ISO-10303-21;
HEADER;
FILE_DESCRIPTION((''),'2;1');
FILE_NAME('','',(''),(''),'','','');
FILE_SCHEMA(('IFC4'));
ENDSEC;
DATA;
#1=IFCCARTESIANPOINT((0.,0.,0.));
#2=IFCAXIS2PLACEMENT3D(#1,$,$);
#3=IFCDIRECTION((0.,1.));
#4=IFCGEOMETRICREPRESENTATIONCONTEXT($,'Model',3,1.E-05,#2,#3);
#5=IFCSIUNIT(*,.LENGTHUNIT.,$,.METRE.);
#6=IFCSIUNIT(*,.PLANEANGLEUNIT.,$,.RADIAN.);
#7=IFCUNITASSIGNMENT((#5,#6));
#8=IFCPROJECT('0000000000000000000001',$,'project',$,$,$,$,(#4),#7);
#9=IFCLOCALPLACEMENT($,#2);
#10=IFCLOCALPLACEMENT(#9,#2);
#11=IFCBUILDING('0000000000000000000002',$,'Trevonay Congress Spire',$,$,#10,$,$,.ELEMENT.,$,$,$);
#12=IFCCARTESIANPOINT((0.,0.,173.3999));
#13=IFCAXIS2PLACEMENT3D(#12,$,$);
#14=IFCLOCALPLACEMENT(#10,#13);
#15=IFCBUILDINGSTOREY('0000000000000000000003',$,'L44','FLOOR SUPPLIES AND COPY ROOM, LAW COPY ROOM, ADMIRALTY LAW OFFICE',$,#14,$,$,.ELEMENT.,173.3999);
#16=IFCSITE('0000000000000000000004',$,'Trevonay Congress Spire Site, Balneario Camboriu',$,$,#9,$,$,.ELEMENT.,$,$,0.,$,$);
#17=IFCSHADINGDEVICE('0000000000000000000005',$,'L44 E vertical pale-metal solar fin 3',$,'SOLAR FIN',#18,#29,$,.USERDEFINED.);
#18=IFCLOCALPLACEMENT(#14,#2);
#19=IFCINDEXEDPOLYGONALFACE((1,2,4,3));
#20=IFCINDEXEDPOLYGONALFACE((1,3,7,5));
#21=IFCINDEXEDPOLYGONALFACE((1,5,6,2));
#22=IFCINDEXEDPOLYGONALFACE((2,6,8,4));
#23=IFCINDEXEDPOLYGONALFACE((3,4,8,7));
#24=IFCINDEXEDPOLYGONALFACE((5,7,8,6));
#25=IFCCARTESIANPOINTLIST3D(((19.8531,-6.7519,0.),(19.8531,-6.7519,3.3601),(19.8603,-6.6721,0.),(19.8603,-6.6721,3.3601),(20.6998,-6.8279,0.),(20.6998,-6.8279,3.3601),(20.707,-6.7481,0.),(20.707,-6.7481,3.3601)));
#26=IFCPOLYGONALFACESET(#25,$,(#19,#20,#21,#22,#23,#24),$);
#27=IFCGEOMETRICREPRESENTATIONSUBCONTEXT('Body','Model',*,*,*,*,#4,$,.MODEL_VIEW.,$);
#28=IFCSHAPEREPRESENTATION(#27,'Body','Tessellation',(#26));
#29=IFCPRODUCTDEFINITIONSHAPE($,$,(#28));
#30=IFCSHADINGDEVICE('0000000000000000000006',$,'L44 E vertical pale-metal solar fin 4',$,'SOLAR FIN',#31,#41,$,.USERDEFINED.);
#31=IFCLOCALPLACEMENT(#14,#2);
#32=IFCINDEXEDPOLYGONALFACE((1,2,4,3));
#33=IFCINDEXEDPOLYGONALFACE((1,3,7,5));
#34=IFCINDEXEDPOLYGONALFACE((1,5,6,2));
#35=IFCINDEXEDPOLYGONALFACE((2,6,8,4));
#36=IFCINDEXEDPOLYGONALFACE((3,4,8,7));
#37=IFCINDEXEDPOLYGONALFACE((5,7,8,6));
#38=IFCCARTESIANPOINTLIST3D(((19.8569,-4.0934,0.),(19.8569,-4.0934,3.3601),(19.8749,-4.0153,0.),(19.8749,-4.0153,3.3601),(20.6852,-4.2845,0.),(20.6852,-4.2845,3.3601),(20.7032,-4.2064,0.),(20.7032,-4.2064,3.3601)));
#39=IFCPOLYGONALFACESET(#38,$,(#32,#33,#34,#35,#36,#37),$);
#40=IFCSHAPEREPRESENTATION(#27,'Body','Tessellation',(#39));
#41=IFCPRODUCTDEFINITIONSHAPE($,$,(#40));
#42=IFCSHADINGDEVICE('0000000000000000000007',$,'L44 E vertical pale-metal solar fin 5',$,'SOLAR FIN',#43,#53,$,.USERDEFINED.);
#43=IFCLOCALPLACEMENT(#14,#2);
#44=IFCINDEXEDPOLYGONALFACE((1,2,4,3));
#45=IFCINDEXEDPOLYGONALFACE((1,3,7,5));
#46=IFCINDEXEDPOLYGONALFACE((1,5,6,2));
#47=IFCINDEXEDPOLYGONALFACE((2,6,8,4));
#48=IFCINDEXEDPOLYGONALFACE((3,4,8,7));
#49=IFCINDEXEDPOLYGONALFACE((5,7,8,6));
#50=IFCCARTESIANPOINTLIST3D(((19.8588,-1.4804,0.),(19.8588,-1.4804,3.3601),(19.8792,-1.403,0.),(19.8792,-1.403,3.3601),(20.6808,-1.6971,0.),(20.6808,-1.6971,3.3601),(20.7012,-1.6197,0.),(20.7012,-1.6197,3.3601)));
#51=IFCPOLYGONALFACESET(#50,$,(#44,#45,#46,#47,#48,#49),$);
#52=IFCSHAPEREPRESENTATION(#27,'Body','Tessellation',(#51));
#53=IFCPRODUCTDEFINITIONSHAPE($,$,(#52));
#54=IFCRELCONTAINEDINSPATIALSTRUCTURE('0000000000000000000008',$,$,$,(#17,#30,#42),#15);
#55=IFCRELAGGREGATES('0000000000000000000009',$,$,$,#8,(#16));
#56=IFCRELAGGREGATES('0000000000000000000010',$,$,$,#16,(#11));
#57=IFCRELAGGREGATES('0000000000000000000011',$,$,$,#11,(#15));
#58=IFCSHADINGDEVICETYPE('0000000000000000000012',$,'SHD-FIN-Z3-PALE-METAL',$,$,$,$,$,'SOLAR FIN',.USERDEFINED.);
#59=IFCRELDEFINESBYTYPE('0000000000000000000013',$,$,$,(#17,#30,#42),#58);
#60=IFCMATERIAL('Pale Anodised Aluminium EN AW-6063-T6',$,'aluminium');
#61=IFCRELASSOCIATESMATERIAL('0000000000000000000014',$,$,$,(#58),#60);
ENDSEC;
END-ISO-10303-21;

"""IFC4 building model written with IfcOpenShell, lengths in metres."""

from ifc_helpers import new_model, si_unit, direction, frame, origin, origin_2d, place, context, subcontext, project, spatial, rectangle, extrude, material, type_object, element, save


model = new_model("IFC4")

# Units and contexts
model_context = context("Model", 3, precision=1e-05, world=origin(), true_north=direction((0.0, 1.0)))
body_context = subcontext(model_context, "Body", "Model", "MODEL_VIEW")
ifc_project = project(units=[si_unit("LENGTHUNIT", "METRE"), si_unit("PLANEANGLEUNIT", "RADIAN")], contexts=[model_context])

# Site, building, storey
site_placement = place(None, origin())
site = spatial("IfcSite", under=ifc_project, at=site_placement, Name="Trevonay Congress Spire Site, Balneario Camboriu", CompositionType="ELEMENT", RefElevation=0.0)
building_placement = place(site_placement, origin())
building = spatial("IfcBuilding", under=site, at=building_placement, Name="Trevonay Congress Spire", CompositionType="ELEMENT")
storey_placement = place(building_placement, frame((0.0, 0.0, 173.3999)))
storey = spatial("IfcBuildingStorey", under=building, at=storey_placement, Name="L44", Description="FLOOR SUPPLIES AND COPY ROOM, LAW COPY ROOM, ADMIRALTY LAW OFFICE", CompositionType="ELEMENT", Elevation=173.3999)

# Shared definitions
ifc_material_1 = material(Name="Pale Anodised Aluminium EN AW-6063-T6", Category="aluminium")

# Shading devices
shading_device_type = type_object("IfcShadingDeviceType", Name="SHD-FIN-Z3-PALE-METAL", ElementType="SOLAR FIN", PredefinedType="USERDEFINED", material=ifc_material_1)
for number, where, z_axis, x_axis, name in (
    (1, (20.28, -6.75, 0.0), (0.0, 0.0, 1.0), (0.089416, 0.995994, 0.0), "L44 E vertical pale-metal solar fin 3"),
    (2, (20.28, -4.1499, 0.0), (0.0, 0.0, 1.0), (0.224781, 0.974409, 0.0), "L44 E vertical pale-metal solar fin 4"),
    (3, (20.28, -1.55, 0.0), (0.0, 0.0, 1.0), (0.254939, 0.966957, 0.0), "L44 E vertical pale-metal solar fin 5"),
):
    element("IfcShadingDevice", number, at=place(storey_placement, frame(where, z_axis=z_axis, x_axis=x_axis)), inside=storey, type_object=shading_device_type, Name=name, ObjectType="SOLAR FIN", PredefinedType="USERDEFINED", context=body_context, shape_type="SweptSolid", body=[
        extrude(rectangle(XDim=0.0801, YDim=0.8501, at=origin_2d()), origin(), (0.0, 0.0, 1.0), 3.3601),
    ])

save(model, "model.ifc")
